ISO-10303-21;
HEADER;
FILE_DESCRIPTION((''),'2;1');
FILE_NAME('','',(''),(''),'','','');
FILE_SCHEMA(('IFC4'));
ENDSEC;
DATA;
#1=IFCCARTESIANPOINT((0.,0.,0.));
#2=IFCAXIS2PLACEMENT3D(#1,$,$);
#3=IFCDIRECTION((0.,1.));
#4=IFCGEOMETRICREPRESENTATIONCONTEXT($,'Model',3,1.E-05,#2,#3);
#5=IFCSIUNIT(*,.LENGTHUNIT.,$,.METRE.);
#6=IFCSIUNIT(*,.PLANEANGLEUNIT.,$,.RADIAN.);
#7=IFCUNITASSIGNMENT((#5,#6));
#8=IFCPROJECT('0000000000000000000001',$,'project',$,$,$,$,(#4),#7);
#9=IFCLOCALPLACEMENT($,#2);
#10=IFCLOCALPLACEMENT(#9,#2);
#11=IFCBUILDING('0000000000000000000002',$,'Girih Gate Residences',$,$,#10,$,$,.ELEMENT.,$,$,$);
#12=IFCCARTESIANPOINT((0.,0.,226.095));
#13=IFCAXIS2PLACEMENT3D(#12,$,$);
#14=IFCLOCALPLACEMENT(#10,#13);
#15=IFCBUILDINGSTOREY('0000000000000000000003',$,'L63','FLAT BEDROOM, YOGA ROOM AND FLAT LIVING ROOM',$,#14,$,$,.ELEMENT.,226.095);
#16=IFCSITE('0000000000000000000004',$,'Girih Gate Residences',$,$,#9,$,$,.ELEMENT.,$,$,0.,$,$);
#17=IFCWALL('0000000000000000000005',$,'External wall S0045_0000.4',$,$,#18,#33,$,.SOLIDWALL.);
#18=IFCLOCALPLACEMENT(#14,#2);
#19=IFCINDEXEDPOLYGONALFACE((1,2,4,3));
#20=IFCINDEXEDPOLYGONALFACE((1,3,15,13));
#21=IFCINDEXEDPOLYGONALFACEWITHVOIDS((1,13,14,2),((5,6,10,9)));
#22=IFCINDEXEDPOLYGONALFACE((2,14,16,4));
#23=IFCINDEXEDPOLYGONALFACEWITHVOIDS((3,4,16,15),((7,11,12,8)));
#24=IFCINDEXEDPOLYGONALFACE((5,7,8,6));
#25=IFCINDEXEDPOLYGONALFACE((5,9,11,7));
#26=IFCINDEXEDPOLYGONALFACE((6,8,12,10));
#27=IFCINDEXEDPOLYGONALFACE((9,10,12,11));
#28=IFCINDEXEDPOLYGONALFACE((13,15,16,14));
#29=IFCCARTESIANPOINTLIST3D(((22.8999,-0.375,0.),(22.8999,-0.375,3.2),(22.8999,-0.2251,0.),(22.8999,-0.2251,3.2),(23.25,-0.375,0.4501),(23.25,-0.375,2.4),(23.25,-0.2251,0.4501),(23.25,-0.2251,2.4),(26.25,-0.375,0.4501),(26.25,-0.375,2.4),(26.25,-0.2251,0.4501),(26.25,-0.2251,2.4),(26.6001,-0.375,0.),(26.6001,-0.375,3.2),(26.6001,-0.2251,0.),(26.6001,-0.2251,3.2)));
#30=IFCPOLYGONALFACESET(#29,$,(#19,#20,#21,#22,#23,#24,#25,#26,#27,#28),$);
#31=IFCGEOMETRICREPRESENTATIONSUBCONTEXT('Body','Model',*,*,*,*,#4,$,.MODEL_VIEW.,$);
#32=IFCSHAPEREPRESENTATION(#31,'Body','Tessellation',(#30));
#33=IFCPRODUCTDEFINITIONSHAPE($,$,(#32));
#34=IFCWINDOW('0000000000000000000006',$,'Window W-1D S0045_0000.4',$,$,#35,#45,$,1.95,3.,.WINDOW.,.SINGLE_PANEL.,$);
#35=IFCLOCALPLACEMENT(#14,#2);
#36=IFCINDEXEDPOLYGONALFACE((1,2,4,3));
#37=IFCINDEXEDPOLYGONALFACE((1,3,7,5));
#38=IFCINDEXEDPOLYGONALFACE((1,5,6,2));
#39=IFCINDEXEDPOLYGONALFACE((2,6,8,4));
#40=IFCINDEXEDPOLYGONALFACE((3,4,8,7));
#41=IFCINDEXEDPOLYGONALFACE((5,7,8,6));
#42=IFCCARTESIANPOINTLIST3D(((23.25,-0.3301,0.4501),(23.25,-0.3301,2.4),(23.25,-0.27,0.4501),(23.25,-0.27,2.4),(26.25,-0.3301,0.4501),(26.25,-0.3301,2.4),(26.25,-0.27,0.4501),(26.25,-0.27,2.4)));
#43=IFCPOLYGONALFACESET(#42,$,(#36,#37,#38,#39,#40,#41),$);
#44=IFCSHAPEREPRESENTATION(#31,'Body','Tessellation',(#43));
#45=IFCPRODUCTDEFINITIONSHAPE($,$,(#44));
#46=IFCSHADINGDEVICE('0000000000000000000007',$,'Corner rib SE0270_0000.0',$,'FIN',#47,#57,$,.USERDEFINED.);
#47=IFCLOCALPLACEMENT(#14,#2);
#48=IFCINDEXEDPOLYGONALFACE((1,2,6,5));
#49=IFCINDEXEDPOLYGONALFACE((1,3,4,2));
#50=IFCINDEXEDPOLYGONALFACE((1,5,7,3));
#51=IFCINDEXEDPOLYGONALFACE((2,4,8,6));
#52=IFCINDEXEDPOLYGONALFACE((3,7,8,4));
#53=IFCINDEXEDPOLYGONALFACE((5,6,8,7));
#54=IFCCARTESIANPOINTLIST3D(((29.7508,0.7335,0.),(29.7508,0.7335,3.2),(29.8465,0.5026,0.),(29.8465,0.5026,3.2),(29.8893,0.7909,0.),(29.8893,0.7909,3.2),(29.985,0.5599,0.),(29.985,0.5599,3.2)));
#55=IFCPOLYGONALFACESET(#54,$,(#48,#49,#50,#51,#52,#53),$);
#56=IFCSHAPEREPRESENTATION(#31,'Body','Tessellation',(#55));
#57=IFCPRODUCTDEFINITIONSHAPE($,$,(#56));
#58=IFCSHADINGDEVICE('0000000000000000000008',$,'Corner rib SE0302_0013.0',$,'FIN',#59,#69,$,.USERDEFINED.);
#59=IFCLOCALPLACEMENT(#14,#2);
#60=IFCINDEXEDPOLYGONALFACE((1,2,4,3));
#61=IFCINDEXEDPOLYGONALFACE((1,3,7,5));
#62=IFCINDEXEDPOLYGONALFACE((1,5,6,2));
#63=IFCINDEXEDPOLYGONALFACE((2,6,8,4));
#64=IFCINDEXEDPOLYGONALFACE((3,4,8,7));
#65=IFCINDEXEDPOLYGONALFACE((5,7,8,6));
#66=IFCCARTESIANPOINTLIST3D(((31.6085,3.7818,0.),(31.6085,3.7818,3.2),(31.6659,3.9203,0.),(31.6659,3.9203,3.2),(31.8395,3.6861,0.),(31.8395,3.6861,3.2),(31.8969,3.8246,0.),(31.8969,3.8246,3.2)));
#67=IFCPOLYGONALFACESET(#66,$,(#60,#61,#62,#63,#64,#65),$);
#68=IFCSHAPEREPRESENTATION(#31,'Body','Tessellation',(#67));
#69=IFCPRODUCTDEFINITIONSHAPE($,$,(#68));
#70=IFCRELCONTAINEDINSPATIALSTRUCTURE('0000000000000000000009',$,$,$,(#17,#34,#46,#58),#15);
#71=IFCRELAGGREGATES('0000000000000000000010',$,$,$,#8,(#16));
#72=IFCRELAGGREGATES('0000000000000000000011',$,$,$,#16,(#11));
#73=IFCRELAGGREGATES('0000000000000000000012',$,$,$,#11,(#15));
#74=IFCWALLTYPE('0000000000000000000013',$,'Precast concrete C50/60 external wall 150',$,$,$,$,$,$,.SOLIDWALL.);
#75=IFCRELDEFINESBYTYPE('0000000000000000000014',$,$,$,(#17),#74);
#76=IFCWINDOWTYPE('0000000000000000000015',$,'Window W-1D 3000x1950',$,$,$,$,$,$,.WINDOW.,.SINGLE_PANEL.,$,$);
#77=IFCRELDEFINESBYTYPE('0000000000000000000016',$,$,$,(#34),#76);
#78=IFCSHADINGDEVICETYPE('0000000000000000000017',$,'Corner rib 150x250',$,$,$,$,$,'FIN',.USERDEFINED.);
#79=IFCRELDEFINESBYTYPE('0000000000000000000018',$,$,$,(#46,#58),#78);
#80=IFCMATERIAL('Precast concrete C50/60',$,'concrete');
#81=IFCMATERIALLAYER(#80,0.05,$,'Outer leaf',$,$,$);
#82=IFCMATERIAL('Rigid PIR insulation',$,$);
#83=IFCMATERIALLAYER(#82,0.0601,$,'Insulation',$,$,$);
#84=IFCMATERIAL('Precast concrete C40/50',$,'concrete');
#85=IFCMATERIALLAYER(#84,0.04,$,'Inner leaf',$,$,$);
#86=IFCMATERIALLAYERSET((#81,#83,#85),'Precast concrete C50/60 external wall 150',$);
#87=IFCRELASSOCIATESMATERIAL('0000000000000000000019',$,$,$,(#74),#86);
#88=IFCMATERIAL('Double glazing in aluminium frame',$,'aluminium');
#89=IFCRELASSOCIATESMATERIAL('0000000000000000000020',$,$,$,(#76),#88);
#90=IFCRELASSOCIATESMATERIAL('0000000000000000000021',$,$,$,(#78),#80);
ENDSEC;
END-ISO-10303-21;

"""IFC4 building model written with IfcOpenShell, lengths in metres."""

from ifc_helpers import new_model, si_unit, direction, frame, frame_2d, origin, origin_2d, place, context, subcontext, project, spatial, rectangle, extrude, material, layer, layer_set, type_object, element, fill, save


model = new_model("IFC4")

# Units and contexts
model_context = context("Model", 3, precision=1e-05, world=origin(), true_north=direction((0.0, 1.0)))
body_context = subcontext(model_context, "Body", "Model", "MODEL_VIEW")
ifc_project = project(units=[si_unit("LENGTHUNIT", "METRE"), si_unit("PLANEANGLEUNIT", "RADIAN")], contexts=[model_context])

# Site, building, storey
site_placement = place(None, origin())
site = spatial("IfcSite", under=ifc_project, at=site_placement, Name="Girih Gate Residences", CompositionType="ELEMENT", RefElevation=0.0)
building_placement = place(site_placement, origin())
building = spatial("IfcBuilding", under=site, at=building_placement, Name="Girih Gate Residences", CompositionType="ELEMENT")
storey_placement = place(building_placement, frame((0.0, 0.0, 226.095)))
storey = spatial("IfcBuildingStorey", under=building, at=storey_placement, Name="L63", Description="FLAT BEDROOM, YOGA ROOM AND FLAT LIVING ROOM", CompositionType="ELEMENT", Elevation=226.095)

# Wall, opening, window
ifc_material_1 = material(Name="Precast concrete C50/60", Category="concrete")
ifc_layer_1 = layer(ifc_material_1, 0.05, Name="Outer leaf")
ifc_material_2 = material(Name="Rigid PIR insulation")
ifc_layer_2 = layer(ifc_material_2, 0.0601, Name="Insulation")
ifc_material_3 = material(Name="Precast concrete C40/50", Category="concrete")
ifc_layer_3 = layer(ifc_material_3, 0.04, Name="Inner leaf")
ifc_layer_set_1 = layer_set([ifc_layer_1, ifc_layer_2, ifc_layer_3], Name="Precast concrete C50/60 external wall 150")
wall_type_1 = type_object("IfcWallType", Name="Precast concrete C50/60 external wall 150", PredefinedType="SOLIDWALL", material=ifc_layer_set_1)
ifc_material_4 = material(Name="Double glazing in aluminium frame", Category="aluminium")
window_type_1 = type_object("IfcWindowType", Name="Window W-1D 3000x1950", PartitioningType="SINGLE_PANEL", PredefinedType="WINDOW", material=ifc_material_4)
wall_1_placement = place(storey_placement, frame((26.6001, -0.3, 0.0), z_axis=(0.0, 0.0, 1.0), x_axis=(-1.0, 0.0, 0.0)))
wall_1 = element("IfcWall", 1, at=wall_1_placement, inside=storey, type_object=wall_type_1, Name="External wall S0045_0000.4", PredefinedType="SOLIDWALL", context=body_context, shape_type="SweptSolid", body=[
    extrude(rectangle(XDim=3.7002, YDim=0.1499, at=frame_2d((1.8501, 0.0))), origin(), (0.0, 0.0, 1.0), 3.2),
])
opening_1_placement = place(wall_1_placement, frame((0.3501, 0.0, 0.45)))
opening_1 = element("IfcOpeningElement", 2, at=opening_1_placement, cuts=wall_1, PredefinedType="OPENING", context=body_context, shape_type="SweptSolid", body=[
    extrude(rectangle(XDim=3.0, YDim=1.95, at=frame_2d((1.5, 0.9751))), frame((0.0, 0.085, 0.0), z_axis=(0.0, -1.0, 0.0), x_axis=(1.0, 0.0, 0.0)), (0.0, 0.0, 1.0), 0.1699),
])
window_1_placement = place(opening_1_placement, origin())
window_1 = element("IfcWindow", 3, at=window_1_placement, inside=storey, type_object=window_type_1, Name="Window W-1D S0045_0000.4", OverallHeight=1.95, OverallWidth=3.0, PartitioningType="SINGLE_PANEL", PredefinedType="WINDOW", context=body_context, shape_type="SweptSolid", body=[
    extrude(rectangle(XDim=3.0, YDim=1.95, at=frame_2d((1.5, 0.9751))), frame((0.0, 0.03, 0.0), z_axis=(0.0, -1.0, 0.0), x_axis=(1.0, 0.0, 0.0)), (0.0, 0.0, 1.0), 0.0601),
])
fill(opening_1, window_1)

# Shading devices
shading_device_type = type_object("IfcShadingDeviceType", Name="Corner rib 150x250", ElementType="FIN", PredefinedType="USERDEFINED", material=ifc_material_1)
for number, where, z_axis, x_axis, name in (
    (4, (29.8679, 0.6467, 0.0), (0.0, 0.0, 1.0), (0.92388, 0.382683, 0.0), "Corner rib SE0270_0000.0"),
    (5, (31.7527, 3.8032, 0.0), (0.0, 0.0, 1.0), (0.382683, 0.92388, 0.0), "Corner rib SE0302_0013.0"),
):
    element("IfcShadingDevice", number, at=place(storey_placement, frame(where, z_axis=z_axis, x_axis=x_axis)), inside=storey, type_object=shading_device_type, Name=name, ObjectType="FIN", PredefinedType="USERDEFINED", context=body_context, shape_type="SweptSolid", body=[
        extrude(rectangle(XDim=0.1499, YDim=0.25, at=origin_2d()), origin(), (0.0, 0.0, 1.0), 3.2),
    ])

save(model, "model.ifc")
